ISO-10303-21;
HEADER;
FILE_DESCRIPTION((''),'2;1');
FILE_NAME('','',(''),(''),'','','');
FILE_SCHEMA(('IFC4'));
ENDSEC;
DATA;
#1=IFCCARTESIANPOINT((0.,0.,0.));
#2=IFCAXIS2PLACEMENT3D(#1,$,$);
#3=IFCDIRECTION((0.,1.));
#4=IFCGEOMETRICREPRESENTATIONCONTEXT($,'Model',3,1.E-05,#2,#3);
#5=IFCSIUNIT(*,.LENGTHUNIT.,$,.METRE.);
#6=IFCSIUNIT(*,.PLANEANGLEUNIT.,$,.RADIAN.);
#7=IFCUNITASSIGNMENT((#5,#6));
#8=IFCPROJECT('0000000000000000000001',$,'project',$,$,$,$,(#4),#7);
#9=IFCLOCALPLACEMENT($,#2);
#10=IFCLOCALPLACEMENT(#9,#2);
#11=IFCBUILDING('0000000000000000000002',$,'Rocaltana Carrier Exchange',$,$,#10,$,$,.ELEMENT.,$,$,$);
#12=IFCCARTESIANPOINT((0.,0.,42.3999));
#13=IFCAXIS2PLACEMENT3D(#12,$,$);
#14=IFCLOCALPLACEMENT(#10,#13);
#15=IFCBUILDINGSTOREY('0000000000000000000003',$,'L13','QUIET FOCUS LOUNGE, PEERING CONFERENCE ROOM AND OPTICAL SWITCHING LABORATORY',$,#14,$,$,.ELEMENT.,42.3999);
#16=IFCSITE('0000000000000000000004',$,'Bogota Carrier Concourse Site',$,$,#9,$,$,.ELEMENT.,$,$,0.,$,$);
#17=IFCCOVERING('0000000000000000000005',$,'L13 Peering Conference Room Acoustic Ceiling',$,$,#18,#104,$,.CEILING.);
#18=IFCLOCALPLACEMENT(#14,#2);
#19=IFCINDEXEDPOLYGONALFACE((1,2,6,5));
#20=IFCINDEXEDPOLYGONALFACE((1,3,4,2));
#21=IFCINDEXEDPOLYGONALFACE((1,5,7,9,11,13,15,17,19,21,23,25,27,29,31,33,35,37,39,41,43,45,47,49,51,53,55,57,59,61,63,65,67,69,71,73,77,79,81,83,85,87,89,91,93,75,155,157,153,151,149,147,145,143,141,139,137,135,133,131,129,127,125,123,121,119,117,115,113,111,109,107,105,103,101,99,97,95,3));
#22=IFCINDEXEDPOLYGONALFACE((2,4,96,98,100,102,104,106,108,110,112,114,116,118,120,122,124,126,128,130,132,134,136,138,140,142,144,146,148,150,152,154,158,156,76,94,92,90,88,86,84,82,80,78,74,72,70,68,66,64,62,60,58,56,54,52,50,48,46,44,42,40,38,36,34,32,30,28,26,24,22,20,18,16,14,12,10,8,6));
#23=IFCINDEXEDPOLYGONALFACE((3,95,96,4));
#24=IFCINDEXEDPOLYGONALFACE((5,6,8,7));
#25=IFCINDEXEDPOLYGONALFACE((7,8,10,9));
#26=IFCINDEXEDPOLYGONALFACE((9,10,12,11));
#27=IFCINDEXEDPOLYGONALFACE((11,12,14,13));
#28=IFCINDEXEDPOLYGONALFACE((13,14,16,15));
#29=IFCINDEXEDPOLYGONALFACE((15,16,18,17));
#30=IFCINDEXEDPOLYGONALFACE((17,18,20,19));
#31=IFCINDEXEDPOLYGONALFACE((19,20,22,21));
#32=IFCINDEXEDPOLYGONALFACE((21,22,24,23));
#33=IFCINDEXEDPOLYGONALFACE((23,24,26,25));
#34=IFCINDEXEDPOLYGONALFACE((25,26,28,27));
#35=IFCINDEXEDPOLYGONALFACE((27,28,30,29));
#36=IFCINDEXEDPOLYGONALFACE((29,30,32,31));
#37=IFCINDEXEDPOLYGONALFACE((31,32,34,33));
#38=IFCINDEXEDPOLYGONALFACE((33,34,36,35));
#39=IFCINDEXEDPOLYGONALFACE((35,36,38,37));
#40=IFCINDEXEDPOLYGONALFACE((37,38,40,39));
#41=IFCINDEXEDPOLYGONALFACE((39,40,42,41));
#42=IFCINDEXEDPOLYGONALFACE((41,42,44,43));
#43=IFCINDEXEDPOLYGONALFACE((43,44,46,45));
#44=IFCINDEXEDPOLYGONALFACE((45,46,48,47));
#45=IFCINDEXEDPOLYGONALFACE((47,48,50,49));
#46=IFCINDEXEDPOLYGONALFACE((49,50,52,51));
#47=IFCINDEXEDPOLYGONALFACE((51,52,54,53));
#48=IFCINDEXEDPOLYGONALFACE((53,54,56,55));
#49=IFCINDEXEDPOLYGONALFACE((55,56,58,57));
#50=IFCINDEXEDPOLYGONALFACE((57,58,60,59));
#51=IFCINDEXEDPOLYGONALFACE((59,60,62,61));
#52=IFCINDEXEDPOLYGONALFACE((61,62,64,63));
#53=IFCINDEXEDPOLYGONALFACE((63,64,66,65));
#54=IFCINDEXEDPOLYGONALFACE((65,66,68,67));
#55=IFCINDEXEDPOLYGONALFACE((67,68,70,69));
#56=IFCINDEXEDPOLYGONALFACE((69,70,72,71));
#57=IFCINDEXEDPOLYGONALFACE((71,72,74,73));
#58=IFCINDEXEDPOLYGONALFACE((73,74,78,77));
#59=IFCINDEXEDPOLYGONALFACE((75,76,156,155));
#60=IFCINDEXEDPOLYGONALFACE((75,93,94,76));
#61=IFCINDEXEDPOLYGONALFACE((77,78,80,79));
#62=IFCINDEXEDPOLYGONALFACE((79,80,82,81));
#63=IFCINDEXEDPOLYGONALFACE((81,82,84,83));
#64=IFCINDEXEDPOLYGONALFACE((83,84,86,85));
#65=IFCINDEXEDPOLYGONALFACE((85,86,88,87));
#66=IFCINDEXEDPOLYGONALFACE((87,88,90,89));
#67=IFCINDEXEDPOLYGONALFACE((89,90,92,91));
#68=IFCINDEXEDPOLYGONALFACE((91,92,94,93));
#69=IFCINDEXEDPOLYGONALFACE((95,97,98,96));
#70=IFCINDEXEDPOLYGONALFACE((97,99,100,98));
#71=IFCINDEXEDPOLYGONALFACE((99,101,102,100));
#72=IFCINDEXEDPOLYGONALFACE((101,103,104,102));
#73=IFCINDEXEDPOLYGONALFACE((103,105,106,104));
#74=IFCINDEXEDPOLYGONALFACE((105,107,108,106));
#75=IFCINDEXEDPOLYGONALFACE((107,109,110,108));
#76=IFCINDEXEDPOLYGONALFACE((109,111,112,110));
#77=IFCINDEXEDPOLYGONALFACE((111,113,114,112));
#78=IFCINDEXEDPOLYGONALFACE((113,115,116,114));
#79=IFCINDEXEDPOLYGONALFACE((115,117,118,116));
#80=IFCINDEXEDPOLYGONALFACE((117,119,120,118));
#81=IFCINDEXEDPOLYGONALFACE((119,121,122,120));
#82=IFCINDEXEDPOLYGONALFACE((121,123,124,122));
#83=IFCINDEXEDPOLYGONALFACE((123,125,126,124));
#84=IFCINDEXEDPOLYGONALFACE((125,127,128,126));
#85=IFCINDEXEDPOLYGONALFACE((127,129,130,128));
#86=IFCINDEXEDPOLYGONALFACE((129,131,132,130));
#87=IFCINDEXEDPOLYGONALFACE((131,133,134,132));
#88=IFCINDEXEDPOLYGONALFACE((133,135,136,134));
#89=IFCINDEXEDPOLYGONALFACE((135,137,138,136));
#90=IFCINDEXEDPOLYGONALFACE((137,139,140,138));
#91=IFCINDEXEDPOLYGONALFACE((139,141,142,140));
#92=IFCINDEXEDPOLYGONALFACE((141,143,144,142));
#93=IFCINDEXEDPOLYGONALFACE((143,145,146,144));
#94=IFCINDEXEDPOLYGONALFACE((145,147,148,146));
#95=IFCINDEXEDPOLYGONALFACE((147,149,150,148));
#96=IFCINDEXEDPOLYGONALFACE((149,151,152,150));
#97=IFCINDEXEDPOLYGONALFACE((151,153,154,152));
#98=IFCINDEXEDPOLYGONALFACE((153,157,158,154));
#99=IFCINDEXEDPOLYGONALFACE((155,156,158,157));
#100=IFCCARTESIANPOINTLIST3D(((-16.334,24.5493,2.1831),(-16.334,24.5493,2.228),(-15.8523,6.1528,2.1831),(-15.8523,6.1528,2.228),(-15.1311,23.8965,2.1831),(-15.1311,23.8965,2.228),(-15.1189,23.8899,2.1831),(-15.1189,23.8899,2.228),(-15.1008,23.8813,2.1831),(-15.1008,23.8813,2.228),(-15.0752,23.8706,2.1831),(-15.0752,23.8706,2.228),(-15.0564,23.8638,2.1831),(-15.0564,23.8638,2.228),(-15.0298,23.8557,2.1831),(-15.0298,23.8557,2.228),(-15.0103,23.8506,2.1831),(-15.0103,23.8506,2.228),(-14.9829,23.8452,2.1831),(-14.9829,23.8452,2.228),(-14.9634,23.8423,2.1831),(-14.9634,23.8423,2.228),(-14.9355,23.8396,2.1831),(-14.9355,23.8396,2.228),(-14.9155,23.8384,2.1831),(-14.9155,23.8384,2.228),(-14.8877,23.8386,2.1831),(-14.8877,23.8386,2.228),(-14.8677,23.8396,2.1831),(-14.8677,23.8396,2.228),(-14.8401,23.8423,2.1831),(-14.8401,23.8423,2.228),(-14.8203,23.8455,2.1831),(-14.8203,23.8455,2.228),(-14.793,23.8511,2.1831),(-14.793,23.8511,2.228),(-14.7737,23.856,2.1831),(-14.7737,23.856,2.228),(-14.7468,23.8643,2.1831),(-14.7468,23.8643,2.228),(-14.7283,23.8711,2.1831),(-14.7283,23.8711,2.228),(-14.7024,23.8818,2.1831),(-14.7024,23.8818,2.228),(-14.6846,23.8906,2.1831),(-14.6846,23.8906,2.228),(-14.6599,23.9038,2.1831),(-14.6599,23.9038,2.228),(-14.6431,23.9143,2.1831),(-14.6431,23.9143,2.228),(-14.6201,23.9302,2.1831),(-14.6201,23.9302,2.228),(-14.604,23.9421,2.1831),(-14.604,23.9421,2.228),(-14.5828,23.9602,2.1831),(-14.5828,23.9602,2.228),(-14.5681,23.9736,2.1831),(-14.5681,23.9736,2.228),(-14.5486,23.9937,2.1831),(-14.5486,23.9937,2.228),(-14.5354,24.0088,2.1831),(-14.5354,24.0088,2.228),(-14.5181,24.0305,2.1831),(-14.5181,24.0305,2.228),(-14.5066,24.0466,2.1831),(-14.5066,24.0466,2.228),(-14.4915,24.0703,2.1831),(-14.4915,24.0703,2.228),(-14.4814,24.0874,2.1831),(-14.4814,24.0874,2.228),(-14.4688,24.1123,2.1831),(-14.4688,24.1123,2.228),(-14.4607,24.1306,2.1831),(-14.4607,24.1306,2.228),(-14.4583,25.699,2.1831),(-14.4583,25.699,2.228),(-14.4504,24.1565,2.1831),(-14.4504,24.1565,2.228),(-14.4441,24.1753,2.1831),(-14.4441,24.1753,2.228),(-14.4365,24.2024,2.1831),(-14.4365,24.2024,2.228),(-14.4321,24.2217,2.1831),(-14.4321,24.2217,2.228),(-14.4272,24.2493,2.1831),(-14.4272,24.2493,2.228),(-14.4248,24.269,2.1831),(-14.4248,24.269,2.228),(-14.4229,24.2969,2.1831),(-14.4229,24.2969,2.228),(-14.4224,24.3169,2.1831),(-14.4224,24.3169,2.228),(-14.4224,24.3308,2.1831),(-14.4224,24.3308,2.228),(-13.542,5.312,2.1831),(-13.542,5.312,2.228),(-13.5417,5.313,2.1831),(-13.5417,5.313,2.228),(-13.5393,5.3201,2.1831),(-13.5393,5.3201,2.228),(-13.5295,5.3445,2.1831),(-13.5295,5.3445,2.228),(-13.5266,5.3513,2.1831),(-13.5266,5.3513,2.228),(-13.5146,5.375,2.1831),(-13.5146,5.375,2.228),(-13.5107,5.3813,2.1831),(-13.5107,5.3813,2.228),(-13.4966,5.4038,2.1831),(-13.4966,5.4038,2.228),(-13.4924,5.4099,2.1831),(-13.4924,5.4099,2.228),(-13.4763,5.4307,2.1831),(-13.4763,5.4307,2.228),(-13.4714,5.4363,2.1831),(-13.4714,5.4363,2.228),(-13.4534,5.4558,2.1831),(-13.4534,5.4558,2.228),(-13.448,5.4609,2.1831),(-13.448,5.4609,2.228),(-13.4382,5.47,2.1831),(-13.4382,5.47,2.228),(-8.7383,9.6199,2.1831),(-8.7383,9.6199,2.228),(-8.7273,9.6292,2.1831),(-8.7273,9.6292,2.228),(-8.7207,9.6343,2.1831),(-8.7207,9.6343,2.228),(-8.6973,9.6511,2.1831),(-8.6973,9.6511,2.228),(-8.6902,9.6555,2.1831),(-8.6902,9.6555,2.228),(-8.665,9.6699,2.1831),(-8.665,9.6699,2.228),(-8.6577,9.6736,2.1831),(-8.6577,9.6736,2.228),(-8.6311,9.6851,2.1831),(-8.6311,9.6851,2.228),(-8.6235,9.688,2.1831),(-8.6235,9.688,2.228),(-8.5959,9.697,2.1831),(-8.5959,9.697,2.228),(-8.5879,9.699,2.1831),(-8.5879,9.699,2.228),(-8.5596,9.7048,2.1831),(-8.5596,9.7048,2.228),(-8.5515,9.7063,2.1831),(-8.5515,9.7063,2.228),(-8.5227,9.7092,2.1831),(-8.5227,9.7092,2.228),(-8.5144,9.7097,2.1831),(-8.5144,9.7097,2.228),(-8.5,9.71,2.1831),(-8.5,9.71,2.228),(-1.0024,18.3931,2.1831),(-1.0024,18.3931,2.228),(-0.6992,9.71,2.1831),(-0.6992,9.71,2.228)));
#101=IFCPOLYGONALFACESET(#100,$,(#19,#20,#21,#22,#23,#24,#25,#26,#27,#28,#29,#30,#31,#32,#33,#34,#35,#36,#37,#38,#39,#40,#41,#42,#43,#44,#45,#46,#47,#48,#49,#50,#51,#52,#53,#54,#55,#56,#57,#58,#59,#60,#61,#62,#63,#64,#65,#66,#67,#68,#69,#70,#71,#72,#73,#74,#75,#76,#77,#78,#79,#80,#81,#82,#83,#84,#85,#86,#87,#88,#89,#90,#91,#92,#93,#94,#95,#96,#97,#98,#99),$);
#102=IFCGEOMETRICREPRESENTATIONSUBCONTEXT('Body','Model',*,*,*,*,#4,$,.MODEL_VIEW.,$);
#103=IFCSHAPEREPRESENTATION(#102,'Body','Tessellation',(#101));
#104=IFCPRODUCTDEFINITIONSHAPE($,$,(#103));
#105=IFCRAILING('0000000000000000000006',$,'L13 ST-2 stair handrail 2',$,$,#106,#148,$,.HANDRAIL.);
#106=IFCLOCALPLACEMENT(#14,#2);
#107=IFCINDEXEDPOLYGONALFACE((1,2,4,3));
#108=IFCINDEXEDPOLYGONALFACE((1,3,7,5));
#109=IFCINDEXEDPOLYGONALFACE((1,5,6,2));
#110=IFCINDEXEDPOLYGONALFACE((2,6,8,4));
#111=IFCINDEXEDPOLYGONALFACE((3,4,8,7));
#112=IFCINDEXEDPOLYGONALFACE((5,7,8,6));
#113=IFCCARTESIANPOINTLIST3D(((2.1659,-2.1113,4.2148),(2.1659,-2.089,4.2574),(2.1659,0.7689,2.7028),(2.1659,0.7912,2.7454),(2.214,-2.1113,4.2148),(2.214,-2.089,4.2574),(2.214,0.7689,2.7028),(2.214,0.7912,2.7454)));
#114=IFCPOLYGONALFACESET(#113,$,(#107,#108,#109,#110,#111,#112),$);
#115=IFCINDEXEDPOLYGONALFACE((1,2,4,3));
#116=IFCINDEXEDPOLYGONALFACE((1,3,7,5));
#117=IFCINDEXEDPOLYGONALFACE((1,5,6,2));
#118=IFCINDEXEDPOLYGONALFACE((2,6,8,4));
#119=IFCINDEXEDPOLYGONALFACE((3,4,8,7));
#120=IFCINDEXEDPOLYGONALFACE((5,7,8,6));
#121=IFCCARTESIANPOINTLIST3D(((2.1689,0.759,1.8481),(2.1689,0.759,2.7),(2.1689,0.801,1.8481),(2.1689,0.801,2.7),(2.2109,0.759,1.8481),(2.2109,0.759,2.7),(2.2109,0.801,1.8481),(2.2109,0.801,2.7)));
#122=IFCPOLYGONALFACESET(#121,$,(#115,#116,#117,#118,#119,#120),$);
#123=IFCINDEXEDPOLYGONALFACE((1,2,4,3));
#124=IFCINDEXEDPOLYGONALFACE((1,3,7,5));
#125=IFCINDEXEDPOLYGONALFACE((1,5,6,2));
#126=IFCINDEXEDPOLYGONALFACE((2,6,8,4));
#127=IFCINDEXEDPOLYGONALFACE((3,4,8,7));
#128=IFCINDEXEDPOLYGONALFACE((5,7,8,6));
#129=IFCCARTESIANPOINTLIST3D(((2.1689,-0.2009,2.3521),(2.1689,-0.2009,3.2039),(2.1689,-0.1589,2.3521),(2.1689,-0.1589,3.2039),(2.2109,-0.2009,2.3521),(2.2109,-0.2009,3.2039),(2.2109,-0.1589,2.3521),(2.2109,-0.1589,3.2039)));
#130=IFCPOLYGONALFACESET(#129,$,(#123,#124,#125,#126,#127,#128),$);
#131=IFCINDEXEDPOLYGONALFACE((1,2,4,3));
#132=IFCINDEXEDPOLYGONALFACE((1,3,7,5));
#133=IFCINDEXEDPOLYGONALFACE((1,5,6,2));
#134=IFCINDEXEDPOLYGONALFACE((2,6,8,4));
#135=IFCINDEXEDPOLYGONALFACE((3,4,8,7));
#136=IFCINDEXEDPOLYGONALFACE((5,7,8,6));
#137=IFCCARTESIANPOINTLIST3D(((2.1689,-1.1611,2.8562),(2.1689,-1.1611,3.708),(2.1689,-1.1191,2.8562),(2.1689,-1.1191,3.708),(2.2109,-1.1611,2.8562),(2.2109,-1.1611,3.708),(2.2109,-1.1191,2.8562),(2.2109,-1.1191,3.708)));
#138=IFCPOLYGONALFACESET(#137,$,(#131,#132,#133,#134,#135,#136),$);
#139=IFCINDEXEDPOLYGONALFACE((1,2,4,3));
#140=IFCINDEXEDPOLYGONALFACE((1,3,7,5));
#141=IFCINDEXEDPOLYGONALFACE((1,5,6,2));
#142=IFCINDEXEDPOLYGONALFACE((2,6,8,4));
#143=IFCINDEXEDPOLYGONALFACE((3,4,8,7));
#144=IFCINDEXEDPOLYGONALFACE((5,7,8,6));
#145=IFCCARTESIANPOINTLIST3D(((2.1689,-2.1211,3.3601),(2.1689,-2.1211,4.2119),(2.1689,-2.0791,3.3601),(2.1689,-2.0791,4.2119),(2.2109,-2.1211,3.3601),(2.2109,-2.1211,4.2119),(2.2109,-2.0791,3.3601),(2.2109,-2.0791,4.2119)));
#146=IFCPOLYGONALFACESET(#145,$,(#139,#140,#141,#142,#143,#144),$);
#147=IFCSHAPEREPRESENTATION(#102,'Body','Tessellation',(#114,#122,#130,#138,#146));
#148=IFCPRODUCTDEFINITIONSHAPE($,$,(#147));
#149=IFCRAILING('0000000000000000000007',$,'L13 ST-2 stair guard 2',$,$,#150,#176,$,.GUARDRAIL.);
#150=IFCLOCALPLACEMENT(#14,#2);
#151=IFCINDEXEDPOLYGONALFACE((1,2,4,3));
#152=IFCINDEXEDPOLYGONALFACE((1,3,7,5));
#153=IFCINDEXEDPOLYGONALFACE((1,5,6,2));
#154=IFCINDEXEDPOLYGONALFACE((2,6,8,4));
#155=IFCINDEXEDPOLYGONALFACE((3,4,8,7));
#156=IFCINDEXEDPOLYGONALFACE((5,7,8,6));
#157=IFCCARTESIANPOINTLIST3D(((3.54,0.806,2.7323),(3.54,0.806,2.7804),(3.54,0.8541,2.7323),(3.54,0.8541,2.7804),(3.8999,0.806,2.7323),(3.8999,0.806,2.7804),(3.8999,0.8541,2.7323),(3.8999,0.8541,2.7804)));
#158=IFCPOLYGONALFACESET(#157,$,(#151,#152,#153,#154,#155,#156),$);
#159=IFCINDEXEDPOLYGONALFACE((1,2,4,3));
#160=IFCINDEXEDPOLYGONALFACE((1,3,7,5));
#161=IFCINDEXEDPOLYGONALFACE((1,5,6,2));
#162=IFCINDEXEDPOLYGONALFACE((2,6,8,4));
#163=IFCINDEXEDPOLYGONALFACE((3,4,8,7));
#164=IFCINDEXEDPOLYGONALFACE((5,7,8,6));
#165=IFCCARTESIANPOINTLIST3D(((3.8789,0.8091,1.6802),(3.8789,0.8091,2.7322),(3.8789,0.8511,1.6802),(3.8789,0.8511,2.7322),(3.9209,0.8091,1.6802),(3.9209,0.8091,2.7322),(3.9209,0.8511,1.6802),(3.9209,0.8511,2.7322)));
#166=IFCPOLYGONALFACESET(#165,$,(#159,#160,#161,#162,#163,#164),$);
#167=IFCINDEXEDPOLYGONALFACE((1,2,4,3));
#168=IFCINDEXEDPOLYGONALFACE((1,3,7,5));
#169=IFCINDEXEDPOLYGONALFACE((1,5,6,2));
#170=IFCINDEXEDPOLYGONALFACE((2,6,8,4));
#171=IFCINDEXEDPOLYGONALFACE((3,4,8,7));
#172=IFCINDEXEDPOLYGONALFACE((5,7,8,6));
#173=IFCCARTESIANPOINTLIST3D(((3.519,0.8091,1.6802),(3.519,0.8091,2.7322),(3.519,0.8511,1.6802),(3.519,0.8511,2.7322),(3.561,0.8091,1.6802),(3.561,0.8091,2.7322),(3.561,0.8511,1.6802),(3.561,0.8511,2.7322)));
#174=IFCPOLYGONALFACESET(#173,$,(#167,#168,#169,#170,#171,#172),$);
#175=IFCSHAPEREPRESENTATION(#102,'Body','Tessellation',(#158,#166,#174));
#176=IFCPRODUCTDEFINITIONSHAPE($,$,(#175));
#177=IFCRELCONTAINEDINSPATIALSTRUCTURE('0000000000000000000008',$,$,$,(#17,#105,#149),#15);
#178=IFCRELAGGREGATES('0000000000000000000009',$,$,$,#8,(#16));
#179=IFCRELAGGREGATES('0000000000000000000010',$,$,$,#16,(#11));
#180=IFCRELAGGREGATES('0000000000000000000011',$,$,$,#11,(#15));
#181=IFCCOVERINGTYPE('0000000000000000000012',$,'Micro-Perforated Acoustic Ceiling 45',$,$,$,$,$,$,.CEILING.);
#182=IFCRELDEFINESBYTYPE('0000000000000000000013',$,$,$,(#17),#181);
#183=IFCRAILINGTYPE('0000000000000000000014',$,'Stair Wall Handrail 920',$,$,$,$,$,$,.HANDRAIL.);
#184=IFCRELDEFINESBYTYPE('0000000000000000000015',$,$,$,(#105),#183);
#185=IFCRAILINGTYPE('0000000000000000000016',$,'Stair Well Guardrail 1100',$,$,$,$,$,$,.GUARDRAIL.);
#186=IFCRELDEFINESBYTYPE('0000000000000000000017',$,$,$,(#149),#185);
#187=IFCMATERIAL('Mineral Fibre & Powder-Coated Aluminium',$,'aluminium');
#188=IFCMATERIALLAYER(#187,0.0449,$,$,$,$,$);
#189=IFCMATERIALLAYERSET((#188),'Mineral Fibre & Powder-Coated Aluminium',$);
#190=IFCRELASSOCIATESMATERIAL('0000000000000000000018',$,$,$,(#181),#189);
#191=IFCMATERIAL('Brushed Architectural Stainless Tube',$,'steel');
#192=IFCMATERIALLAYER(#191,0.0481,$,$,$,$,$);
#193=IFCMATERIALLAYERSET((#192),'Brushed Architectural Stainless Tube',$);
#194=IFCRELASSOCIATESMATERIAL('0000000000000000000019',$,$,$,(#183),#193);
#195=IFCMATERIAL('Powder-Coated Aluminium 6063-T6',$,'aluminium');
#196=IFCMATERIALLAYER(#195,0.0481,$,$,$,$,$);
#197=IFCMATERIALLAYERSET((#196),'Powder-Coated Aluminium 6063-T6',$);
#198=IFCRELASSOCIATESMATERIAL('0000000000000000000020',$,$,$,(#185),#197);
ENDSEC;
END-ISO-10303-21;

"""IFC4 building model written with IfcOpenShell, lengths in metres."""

from ifc_helpers import new_model, si_unit, direction, frame, origin, origin_2d, place, context, subcontext, project, spatial, polyline, rectangle, outline, extrude, material, layer, layer_set, type_object, element, save


model = new_model("IFC4")

# Units and contexts
model_context = context("Model", 3, precision=1e-05, world=origin(), true_north=direction((0.0, 1.0)))
body_context = subcontext(model_context, "Body", "Model", "MODEL_VIEW")
ifc_project = project(units=[si_unit("LENGTHUNIT", "METRE"), si_unit("PLANEANGLEUNIT", "RADIAN")], contexts=[model_context])

# Site, building, storey
site_placement = place(None, origin())
site = spatial("IfcSite", under=ifc_project, at=site_placement, Name="Bogota Carrier Concourse Site", CompositionType="ELEMENT", RefElevation=0.0)
building_placement = place(site_placement, origin())
building = spatial("IfcBuilding", under=site, at=building_placement, Name="Rocaltana Carrier Exchange", CompositionType="ELEMENT")
storey_placement = place(building_placement, frame((0.0, 0.0, 42.3999)))
storey = spatial("IfcBuildingStorey", under=building, at=storey_placement, Name="L13", Description="QUIET FOCUS LOUNGE, PEERING CONFERENCE ROOM AND OPTICAL SWITCHING LABORATORY", CompositionType="ELEMENT", Elevation=42.3999)

# Covering
ifc_material_1 = material(Name="Mineral Fibre & Powder-Coated Aluminium", Category="aluminium")
ifc_layer_1 = layer(ifc_material_1, 0.0449)
ifc_layer_set_1 = layer_set([ifc_layer_1], Name="Mineral Fibre & Powder-Coated Aluminium")
covering_type_1 = type_object("IfcCoveringType", Name="Micro-Perforated Acoustic Ceiling 45", PredefinedType="CEILING", material=ifc_layer_set_1)
covering_1_placement = place(storey_placement, frame((0.0, 0.0, 2.1831)))
element("IfcCovering", 1, at=covering_1_placement, inside=storey, type_object=covering_type_1, Name="L13 Peering Conference Room Acoustic Ceiling", PredefinedType="CEILING", context=body_context, shape_type="SweptSolid", body=[
    extrude(outline(polyline([(-16.334, 24.5493), (-15.1311, 23.8965), (-15.1189, 23.8899), (-15.1008, 23.8813), (-15.0752, 23.8706), (-15.0564, 23.8638), (-15.0298, 23.8557), (-15.0103, 23.8506), (-14.9829, 23.8452), (-14.9634, 23.8423), (-14.9355, 23.8396), (-14.9155, 23.8384), (-14.8877, 23.8386), (-14.8677, 23.8396), (-14.8401, 23.8423), (-14.8203, 23.8455), (-14.793, 23.8511), (-14.7737, 23.856), (-14.7468, 23.8643), (-14.7283, 23.8711), (-14.7024, 23.8818), (-14.6846, 23.8906), (-14.6599, 23.9038), (-14.6431, 23.9143), (-14.6201, 23.9302), (-14.604, 23.9421), (-14.5828, 23.9602), (-14.5681, 23.9736), (-14.5486, 23.9937), (-14.5354, 24.0088), (-14.5181, 24.0305), (-14.5066, 24.0466), (-14.4915, 24.0703), (-14.4814, 24.0874), (-14.4688, 24.1123), (-14.4607, 24.1306), (-14.4504, 24.1565), (-14.4441, 24.1753), (-14.4365, 24.2024), (-14.4321, 24.2217), (-14.4272, 24.2493), (-14.4248, 24.269), (-14.4229, 24.2969), (-14.4224, 24.3169), (-14.4224, 24.3308), (-14.4583, 25.699), (-1.0024, 18.3931), (-0.6992, 9.71), (-8.5, 9.71), (-8.5144, 9.7097), (-8.5227, 9.7092), (-8.5515, 9.7063), (-8.5596, 9.7048), (-8.5879, 9.699), (-8.5959, 9.697), (-8.6235, 9.688), (-8.6311, 9.6851), (-8.6577, 9.6736), (-8.665, 9.6699), (-8.6902, 9.6555), (-8.6973, 9.6511), (-8.7207, 9.6343), (-8.7273, 9.6292), (-8.7383, 9.6199), (-13.4382, 5.47), (-13.448, 5.4609), (-13.4534, 5.4558), (-13.4714, 5.4363), (-13.4763, 5.4307), (-13.4924, 5.4099), (-13.4966, 5.4038), (-13.5107, 5.3813), (-13.5146, 5.375), (-13.5266, 5.3513), (-13.5295, 5.3445), (-13.5393, 5.3201), (-13.5417, 5.313), (-13.542, 5.312), (-15.8523, 6.1528), (-16.334, 24.5493)])), origin(), (0.0, 0.0, 1.0), 0.0449),
])

# Railings
ifc_material_2 = material(Name="Brushed Architectural Stainless Tube", Category="steel")
ifc_layer_2 = layer(ifc_material_2, 0.0481)
ifc_layer_set_2 = layer_set([ifc_layer_2], Name="Brushed Architectural Stainless Tube")
railing_type_1 = type_object("IfcRailingType", Name="Stair Wall Handrail 920", PredefinedType="HANDRAIL", material=ifc_layer_set_2)
railing_1_placement = place(storey_placement, frame((2.1899, 0.78, 1.8481)))
element("IfcRailing", 2, at=railing_1_placement, inside=storey, type_object=railing_type_1, Name="L13 ST-2 stair handrail 2", PredefinedType="HANDRAIL", context=body_context, shape_type="SweptSolid", body=[
    extrude(rectangle(XDim=0.0481, YDim=0.0481, at=origin_2d()), frame((0.0, 0.0, 0.876), z_axis=(0.0, -0.885411, 0.464809), x_axis=(1.0, 0.0, 0.0)), (0.0, 0.0, 1.0), 3.2529),
    extrude(rectangle(XDim=0.042, YDim=0.042, at=origin_2d()), origin(), (0.0, 0.0, 1.0), 0.8518),
    extrude(rectangle(XDim=0.042, YDim=0.042, at=origin_2d()), frame((0.0, -0.96, 0.5039)), (0.0, 0.0, 1.0), 0.8518),
    extrude(rectangle(XDim=0.042, YDim=0.042, at=origin_2d()), frame((0.0, -1.9202, 1.0081)), (0.0, 0.0, 1.0), 0.8518),
    extrude(rectangle(XDim=0.042, YDim=0.042, at=origin_2d()), frame((0.0, -2.8801, 1.512)), (0.0, 0.0, 1.0), 0.8518),
])
ifc_material_3 = material(Name="Powder-Coated Aluminium 6063-T6", Category="aluminium")
ifc_layer_3 = layer(ifc_material_3, 0.0481)
ifc_layer_set_3 = layer_set([ifc_layer_3], Name="Powder-Coated Aluminium 6063-T6")
railing_type_2 = type_object("IfcRailingType", Name="Stair Well Guardrail 1100", PredefinedType="GUARDRAIL", material=ifc_layer_set_3)
railing_2_placement = place(storey_placement, frame((3.8999, 0.8301, 1.6802)))
element("IfcRailing", 3, at=railing_2_placement, inside=storey, type_object=railing_type_2, Name="L13 ST-2 stair guard 2", PredefinedType="GUARDRAIL", context=body_context, shape_type="SweptSolid", body=[
    extrude(rectangle(XDim=0.0481, YDim=0.0481, at=origin_2d()), frame((0.0, 0.0, 1.0762), z_axis=(-1.0, 0.0, 0.0), x_axis=(0.0, -1.0, 0.0)), (0.0, 0.0, 1.0), 0.3599),
    extrude(rectangle(XDim=0.042, YDim=0.042, at=origin_2d()), origin(), (0.0, 0.0, 1.0), 1.052),
    extrude(rectangle(XDim=0.042, YDim=0.042, at=origin_2d()), frame((-0.3599, 0.0, 0.0)), (0.0, 0.0, 1.0), 1.052),
])

save(model, "model.ifc")
